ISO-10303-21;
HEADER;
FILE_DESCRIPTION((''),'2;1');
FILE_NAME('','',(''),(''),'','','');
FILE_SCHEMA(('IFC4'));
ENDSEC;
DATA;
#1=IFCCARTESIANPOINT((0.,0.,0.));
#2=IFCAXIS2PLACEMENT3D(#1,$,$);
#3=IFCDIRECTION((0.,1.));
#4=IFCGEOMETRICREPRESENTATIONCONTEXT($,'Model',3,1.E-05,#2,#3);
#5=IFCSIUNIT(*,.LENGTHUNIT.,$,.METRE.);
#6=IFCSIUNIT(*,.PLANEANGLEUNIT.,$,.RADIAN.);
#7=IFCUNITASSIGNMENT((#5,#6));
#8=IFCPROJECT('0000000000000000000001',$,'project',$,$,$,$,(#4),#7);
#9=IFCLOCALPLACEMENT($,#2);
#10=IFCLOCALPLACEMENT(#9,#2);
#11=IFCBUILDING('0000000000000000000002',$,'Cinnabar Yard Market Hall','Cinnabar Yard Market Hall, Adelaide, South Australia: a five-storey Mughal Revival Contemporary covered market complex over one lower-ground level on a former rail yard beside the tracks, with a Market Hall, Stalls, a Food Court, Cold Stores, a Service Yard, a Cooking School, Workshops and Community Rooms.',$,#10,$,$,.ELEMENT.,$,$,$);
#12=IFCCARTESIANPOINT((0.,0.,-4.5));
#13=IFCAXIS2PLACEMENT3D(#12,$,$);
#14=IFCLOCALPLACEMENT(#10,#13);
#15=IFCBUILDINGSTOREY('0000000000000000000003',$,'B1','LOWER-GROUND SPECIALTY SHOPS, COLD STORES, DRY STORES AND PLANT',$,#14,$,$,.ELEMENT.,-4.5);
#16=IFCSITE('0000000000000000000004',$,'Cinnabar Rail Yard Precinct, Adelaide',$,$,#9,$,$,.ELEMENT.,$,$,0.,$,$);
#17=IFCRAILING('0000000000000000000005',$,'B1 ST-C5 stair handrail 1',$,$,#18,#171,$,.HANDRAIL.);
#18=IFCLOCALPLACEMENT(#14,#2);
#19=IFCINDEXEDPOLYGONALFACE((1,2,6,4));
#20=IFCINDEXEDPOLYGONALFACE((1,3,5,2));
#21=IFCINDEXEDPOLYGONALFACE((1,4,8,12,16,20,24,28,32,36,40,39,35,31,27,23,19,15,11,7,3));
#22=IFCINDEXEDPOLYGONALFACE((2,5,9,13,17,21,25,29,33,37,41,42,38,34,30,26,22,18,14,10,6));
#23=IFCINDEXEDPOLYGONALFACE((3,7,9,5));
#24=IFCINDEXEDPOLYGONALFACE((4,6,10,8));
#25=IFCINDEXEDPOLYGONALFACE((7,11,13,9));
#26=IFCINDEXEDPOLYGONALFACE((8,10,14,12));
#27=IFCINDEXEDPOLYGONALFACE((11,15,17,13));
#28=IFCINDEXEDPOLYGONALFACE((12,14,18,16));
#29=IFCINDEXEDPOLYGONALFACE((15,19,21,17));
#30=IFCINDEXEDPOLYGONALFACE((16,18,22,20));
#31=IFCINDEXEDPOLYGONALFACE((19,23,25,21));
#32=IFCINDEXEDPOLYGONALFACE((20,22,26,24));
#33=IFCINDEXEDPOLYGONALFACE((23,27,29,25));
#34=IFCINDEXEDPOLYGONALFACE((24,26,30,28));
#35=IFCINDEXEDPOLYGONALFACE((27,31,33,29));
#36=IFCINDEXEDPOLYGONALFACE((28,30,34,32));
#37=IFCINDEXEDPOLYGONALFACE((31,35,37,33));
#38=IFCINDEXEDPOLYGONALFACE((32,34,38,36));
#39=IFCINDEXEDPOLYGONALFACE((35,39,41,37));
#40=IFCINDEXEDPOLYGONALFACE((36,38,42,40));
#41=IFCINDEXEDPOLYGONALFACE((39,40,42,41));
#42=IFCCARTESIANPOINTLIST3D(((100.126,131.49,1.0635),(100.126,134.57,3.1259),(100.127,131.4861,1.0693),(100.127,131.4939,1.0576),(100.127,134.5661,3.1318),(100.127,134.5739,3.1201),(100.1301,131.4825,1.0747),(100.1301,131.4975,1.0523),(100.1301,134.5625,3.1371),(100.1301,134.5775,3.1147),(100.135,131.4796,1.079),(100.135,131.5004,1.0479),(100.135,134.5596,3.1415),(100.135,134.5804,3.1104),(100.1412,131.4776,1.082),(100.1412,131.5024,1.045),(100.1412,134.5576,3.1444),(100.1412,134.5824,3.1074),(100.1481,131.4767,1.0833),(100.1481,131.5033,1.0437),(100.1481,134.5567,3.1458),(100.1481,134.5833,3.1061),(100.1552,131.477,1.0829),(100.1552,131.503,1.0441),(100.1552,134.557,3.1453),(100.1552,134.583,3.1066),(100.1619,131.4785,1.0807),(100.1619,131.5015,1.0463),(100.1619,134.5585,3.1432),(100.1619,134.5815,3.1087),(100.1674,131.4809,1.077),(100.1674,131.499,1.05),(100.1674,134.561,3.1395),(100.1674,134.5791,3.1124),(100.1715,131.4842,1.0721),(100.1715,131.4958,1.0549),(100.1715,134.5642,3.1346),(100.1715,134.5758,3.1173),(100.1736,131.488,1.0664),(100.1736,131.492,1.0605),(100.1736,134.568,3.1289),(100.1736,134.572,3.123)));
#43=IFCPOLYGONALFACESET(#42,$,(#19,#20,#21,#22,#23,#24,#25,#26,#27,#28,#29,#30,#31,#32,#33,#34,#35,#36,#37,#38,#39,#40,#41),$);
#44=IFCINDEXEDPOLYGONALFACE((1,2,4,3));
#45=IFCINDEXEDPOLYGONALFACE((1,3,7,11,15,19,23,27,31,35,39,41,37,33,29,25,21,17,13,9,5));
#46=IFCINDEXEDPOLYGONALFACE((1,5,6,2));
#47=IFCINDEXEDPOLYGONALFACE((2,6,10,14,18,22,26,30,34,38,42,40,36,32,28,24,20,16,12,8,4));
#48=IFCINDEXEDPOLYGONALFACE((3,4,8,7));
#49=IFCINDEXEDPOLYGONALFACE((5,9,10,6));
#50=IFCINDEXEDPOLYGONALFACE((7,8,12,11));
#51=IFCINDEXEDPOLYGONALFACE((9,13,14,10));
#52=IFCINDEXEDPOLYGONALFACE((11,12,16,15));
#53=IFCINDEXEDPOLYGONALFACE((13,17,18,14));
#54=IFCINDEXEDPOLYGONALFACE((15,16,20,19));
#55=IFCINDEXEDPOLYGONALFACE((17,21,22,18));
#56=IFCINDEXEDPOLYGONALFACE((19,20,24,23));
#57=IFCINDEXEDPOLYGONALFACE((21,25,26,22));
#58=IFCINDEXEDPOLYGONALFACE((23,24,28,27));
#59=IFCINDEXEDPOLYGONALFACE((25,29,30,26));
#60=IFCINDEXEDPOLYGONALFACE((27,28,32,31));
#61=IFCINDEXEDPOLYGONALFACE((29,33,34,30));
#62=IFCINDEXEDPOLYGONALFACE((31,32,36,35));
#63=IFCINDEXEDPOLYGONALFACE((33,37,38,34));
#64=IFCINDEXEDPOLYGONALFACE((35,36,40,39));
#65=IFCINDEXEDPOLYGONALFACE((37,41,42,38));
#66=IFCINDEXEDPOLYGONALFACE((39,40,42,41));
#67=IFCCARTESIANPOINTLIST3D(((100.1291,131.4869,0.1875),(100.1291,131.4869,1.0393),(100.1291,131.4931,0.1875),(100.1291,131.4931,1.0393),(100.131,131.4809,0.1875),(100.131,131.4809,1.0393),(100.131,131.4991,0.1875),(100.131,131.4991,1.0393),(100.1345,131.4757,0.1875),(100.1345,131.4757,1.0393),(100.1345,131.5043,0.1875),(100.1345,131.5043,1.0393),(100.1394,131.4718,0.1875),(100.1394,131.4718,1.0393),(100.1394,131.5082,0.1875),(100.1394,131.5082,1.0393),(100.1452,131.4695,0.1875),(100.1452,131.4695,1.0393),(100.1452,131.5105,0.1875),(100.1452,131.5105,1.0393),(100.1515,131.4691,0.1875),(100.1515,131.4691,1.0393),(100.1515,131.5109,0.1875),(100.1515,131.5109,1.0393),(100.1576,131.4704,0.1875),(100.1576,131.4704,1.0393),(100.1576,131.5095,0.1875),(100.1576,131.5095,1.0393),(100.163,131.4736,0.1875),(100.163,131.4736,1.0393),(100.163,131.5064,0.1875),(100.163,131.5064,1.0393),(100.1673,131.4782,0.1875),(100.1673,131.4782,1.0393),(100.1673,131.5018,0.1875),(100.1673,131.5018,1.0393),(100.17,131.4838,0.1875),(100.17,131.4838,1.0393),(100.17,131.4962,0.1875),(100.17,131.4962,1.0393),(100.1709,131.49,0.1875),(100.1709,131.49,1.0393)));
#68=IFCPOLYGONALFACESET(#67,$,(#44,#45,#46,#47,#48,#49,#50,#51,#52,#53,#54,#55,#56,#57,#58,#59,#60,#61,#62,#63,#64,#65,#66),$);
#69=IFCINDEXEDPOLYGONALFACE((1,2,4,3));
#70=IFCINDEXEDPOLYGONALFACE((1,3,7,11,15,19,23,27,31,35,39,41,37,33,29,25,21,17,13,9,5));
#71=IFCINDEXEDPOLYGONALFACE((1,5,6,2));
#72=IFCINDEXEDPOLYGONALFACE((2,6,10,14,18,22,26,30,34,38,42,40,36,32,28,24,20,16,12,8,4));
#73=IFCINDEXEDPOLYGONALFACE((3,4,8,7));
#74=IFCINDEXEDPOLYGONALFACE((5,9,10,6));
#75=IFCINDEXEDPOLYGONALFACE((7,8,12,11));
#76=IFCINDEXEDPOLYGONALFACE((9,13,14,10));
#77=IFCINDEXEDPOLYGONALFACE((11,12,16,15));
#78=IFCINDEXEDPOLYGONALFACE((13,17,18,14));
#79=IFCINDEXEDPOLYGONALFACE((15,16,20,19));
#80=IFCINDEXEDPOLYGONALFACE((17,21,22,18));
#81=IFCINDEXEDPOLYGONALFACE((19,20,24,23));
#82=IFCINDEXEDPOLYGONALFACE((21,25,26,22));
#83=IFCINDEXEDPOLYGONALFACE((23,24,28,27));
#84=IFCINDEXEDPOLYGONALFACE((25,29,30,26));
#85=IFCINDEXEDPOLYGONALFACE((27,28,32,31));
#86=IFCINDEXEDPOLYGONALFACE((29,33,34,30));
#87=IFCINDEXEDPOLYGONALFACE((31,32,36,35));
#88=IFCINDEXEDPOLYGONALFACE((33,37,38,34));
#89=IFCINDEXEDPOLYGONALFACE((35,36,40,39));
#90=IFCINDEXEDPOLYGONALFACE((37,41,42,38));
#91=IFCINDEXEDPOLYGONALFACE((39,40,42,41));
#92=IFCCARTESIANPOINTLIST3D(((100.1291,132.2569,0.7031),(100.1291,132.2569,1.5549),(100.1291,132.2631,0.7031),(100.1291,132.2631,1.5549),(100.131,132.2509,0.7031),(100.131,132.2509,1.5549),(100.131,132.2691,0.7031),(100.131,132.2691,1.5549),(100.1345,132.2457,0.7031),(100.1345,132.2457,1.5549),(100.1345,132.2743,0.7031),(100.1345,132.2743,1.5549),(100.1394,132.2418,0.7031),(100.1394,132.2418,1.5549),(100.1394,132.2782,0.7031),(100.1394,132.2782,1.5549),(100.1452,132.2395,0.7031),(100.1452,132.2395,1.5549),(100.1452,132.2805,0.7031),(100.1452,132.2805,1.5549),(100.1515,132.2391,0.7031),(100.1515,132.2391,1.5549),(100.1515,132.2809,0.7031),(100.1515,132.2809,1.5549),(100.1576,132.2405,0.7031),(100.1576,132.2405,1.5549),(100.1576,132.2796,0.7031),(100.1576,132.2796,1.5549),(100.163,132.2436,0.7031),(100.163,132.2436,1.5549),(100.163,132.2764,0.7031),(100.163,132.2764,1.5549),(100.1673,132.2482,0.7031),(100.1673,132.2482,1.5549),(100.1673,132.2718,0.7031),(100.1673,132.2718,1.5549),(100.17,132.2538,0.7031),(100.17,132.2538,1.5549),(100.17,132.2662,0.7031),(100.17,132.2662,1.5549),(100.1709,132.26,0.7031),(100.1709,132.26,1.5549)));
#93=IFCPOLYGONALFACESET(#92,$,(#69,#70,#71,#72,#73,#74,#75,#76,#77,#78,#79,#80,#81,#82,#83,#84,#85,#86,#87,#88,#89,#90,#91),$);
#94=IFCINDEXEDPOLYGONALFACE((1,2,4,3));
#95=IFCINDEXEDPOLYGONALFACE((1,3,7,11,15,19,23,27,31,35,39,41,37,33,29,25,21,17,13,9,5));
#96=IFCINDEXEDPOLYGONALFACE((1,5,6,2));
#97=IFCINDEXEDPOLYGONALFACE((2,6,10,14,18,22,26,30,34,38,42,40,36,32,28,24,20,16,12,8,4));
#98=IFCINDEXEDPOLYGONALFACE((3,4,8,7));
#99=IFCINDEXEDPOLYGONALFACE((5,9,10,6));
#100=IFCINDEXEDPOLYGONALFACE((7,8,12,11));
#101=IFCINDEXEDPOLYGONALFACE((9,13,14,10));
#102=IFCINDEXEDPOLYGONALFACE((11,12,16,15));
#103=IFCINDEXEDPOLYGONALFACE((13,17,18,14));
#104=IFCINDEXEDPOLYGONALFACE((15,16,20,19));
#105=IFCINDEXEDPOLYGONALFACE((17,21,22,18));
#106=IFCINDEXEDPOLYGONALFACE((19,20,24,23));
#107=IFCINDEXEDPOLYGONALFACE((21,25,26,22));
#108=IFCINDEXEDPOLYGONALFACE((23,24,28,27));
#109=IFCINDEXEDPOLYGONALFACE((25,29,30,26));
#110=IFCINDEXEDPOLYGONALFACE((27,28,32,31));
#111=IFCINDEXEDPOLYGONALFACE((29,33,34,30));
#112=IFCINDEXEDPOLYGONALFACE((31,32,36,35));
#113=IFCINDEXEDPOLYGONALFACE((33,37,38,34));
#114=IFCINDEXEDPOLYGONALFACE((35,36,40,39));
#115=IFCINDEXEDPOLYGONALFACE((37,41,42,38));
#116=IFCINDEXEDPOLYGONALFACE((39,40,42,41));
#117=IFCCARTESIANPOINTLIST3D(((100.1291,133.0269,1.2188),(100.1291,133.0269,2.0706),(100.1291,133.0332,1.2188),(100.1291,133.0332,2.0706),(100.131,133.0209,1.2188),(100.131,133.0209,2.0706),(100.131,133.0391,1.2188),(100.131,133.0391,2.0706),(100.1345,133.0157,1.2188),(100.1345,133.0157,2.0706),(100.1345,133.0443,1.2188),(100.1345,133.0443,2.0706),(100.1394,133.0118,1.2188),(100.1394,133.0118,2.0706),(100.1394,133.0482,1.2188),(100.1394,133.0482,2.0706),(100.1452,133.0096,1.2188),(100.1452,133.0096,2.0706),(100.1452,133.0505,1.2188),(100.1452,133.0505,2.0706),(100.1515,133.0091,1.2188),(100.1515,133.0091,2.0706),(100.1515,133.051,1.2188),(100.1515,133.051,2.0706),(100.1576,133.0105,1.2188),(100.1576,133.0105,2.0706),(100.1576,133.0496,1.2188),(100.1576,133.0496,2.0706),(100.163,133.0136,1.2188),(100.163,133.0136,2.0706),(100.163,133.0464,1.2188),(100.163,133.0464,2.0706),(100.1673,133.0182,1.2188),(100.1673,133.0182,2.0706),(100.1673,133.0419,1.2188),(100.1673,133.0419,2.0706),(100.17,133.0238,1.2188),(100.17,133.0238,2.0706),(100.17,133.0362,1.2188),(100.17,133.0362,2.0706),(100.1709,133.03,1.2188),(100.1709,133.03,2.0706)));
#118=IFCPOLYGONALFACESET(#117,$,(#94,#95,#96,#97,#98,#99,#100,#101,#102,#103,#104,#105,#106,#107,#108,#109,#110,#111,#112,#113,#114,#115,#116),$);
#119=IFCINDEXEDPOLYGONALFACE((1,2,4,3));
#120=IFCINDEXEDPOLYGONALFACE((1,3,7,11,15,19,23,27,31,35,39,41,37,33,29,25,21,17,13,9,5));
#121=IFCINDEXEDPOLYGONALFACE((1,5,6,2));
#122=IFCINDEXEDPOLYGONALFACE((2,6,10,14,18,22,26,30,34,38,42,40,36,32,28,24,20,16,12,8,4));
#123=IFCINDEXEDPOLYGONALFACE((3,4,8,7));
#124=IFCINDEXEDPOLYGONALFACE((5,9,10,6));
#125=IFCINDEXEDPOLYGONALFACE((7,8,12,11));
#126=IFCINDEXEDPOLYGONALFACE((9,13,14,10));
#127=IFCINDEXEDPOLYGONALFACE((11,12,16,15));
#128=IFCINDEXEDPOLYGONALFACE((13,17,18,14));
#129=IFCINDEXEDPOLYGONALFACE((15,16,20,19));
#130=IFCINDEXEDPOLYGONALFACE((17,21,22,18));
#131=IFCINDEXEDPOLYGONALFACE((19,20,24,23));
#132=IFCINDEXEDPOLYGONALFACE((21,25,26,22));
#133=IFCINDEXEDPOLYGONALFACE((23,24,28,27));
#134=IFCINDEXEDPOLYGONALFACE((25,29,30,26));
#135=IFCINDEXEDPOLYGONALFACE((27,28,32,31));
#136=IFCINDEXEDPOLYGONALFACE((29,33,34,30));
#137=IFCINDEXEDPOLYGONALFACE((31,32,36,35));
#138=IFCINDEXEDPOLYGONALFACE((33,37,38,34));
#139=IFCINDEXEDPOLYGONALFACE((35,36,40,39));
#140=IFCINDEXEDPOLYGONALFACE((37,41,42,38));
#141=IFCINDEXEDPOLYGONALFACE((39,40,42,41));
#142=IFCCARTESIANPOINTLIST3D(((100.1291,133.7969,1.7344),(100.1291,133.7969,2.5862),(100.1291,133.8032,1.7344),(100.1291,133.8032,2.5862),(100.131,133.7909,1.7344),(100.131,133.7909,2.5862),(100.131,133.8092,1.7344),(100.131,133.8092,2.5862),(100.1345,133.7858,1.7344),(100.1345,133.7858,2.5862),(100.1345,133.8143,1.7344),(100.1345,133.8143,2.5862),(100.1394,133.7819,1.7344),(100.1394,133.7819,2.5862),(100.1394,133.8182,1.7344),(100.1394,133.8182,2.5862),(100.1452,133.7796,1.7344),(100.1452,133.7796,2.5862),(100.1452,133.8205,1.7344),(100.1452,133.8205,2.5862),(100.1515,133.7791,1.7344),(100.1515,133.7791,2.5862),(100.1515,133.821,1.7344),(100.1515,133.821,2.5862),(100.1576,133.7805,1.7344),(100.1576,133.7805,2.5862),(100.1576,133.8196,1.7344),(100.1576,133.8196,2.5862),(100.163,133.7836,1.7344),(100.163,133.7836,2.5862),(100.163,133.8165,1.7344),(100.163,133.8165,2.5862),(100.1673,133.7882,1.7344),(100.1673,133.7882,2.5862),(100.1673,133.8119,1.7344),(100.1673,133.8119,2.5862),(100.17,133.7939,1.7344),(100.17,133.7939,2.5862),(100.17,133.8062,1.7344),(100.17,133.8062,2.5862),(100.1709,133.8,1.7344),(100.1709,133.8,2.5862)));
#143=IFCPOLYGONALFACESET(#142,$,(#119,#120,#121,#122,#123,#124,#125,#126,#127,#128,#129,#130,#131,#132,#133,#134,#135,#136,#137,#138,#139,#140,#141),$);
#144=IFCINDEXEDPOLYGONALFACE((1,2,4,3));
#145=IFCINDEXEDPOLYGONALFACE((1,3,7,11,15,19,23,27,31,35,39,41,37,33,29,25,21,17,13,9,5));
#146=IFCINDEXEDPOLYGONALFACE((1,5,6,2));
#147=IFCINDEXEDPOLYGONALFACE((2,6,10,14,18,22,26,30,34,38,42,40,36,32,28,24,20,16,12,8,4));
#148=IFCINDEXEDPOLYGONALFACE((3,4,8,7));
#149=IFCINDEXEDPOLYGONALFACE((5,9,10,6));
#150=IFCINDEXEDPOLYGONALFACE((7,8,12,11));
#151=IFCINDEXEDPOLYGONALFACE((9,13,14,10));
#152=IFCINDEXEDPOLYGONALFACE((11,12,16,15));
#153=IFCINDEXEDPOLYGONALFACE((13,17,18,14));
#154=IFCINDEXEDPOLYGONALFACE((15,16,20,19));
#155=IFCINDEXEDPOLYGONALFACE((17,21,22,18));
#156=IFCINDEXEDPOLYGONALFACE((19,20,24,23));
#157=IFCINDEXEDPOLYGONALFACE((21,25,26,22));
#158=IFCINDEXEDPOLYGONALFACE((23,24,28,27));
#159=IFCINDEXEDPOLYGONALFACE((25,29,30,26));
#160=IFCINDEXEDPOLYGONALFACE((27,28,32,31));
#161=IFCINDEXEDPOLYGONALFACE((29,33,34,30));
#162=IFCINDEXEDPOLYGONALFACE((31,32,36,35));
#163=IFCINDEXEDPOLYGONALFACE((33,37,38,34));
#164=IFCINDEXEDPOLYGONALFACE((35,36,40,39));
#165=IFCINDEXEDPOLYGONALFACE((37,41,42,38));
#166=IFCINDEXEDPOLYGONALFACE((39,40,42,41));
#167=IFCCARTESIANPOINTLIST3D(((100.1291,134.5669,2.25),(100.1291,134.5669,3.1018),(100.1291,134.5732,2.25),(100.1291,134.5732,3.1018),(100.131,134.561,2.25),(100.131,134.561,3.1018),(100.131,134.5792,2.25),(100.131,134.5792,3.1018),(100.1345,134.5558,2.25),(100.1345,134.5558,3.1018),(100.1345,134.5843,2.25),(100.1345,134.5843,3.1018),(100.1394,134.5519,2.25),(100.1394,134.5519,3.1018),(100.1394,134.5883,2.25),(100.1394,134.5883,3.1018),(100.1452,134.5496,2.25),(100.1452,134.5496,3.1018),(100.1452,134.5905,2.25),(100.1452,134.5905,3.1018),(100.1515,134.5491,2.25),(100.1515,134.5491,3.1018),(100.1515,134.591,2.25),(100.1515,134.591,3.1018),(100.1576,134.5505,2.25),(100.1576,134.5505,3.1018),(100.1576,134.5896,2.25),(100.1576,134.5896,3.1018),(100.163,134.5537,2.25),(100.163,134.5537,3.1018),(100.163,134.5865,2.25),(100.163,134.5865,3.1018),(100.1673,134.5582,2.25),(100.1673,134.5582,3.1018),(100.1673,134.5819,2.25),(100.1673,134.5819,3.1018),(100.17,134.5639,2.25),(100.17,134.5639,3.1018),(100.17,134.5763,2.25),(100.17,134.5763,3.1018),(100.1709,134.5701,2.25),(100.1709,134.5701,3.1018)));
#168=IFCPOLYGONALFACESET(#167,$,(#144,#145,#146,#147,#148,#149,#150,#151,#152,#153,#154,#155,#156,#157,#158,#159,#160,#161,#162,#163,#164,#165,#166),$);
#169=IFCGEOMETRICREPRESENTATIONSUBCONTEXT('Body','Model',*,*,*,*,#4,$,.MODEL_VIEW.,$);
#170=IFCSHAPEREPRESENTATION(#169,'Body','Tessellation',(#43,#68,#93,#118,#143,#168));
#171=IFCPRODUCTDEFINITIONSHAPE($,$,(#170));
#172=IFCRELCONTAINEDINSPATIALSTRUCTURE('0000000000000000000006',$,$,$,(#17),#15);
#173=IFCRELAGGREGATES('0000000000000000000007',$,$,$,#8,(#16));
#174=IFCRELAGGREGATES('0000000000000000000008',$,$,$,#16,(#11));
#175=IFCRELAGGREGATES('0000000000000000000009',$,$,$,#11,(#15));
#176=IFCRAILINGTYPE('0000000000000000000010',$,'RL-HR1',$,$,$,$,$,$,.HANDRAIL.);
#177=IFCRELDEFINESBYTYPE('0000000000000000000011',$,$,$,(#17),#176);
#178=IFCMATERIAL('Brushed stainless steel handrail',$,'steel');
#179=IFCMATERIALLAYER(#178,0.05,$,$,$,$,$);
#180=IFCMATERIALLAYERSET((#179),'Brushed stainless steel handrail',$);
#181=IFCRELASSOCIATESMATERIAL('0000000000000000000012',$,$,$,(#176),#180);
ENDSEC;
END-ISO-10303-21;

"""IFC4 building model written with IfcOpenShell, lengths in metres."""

from ifc_helpers import new_model, si_unit, direction, frame, origin, origin_2d_with_axis, place, context, subcontext, project, spatial, circle, extrude, material, layer, layer_set, type_object, element, save


model = new_model("IFC4")

# Units and contexts
model_context = context("Model", 3, precision=1e-05, world=origin(), true_north=direction((0.0, 1.0)))
body_context = subcontext(model_context, "Body", "Model", "MODEL_VIEW")
ifc_project = project(units=[si_unit("LENGTHUNIT", "METRE"), si_unit("PLANEANGLEUNIT", "RADIAN")], contexts=[model_context])

# Site, building, storey
site_placement = place(None, origin())
site = spatial("IfcSite", under=ifc_project, at=site_placement, Name="Cinnabar Rail Yard Precinct, Adelaide", CompositionType="ELEMENT", RefElevation=0.0)
building_placement = place(site_placement, origin())
building = spatial("IfcBuilding", under=site, at=building_placement, Name="Cinnabar Yard Market Hall", Description="Cinnabar Yard Market Hall, Adelaide, South Australia: a five-storey Mughal Revival Contemporary covered market complex over one lower-ground level on a former rail yard beside the tracks, with a Market Hall, Stalls, a Food Court, Cold Stores, a Service Yard, a Cooking School, Workshops and Community Rooms.", CompositionType="ELEMENT")
storey_placement = place(building_placement, frame((0.0, 0.0, -4.5)))
storey = spatial("IfcBuildingStorey", under=building, at=storey_placement, Name="B1", Description="LOWER-GROUND SPECIALTY SHOPS, COLD STORES, DRY STORES AND PLANT", CompositionType="ELEMENT", Elevation=-4.5)

# Railing
ifc_material_1 = material(Name="Brushed stainless steel handrail", Category="steel")
ifc_layer_1 = layer(ifc_material_1, 0.05)
ifc_layer_set_1 = layer_set([ifc_layer_1], Name="Brushed stainless steel handrail")
railing_type_1 = type_object("IfcRailingType", Name="RL-HR1", PredefinedType="HANDRAIL", material=ifc_layer_set_1)
railing_1_placement = place(storey_placement, frame((100.1499, 131.49, 0.1875)))
element("IfcRailing", 1, at=railing_1_placement, inside=storey, type_object=railing_type_1, Name="B1 ST-C5 stair handrail 1", PredefinedType="HANDRAIL", context=body_context, shape_type="SweptSolid", body=[
    extrude(circle(Radius=0.0239, at=origin_2d_with_axis()), frame((0.0, 0.0, 0.876), z_axis=(0.0, 0.830914, 0.556401), x_axis=(-1.0, 0.0, 0.0)), (0.0, 0.0, 1.0), 3.7068),
    extrude(circle(Radius=0.021, at=origin_2d_with_axis()), origin(), (0.0, 0.0, 1.0), 0.8518),
    extrude(circle(Radius=0.021, at=origin_2d_with_axis()), frame((0.0, 0.77, 0.5156)), (0.0, 0.0, 1.0), 0.8518),
    extrude(circle(Radius=0.021, at=origin_2d_with_axis()), frame((0.0, 1.54, 1.0312)), (0.0, 0.0, 1.0), 0.8518),
    extrude(circle(Radius=0.021, at=origin_2d_with_axis()), frame((0.0, 2.3101, 1.5469)), (0.0, 0.0, 1.0), 0.8518),
    extrude(circle(Radius=0.021, at=origin_2d_with_axis()), frame((0.0, 3.0801, 2.0625)), (0.0, 0.0, 1.0), 0.8518),
])

save(model, "model.ifc")
